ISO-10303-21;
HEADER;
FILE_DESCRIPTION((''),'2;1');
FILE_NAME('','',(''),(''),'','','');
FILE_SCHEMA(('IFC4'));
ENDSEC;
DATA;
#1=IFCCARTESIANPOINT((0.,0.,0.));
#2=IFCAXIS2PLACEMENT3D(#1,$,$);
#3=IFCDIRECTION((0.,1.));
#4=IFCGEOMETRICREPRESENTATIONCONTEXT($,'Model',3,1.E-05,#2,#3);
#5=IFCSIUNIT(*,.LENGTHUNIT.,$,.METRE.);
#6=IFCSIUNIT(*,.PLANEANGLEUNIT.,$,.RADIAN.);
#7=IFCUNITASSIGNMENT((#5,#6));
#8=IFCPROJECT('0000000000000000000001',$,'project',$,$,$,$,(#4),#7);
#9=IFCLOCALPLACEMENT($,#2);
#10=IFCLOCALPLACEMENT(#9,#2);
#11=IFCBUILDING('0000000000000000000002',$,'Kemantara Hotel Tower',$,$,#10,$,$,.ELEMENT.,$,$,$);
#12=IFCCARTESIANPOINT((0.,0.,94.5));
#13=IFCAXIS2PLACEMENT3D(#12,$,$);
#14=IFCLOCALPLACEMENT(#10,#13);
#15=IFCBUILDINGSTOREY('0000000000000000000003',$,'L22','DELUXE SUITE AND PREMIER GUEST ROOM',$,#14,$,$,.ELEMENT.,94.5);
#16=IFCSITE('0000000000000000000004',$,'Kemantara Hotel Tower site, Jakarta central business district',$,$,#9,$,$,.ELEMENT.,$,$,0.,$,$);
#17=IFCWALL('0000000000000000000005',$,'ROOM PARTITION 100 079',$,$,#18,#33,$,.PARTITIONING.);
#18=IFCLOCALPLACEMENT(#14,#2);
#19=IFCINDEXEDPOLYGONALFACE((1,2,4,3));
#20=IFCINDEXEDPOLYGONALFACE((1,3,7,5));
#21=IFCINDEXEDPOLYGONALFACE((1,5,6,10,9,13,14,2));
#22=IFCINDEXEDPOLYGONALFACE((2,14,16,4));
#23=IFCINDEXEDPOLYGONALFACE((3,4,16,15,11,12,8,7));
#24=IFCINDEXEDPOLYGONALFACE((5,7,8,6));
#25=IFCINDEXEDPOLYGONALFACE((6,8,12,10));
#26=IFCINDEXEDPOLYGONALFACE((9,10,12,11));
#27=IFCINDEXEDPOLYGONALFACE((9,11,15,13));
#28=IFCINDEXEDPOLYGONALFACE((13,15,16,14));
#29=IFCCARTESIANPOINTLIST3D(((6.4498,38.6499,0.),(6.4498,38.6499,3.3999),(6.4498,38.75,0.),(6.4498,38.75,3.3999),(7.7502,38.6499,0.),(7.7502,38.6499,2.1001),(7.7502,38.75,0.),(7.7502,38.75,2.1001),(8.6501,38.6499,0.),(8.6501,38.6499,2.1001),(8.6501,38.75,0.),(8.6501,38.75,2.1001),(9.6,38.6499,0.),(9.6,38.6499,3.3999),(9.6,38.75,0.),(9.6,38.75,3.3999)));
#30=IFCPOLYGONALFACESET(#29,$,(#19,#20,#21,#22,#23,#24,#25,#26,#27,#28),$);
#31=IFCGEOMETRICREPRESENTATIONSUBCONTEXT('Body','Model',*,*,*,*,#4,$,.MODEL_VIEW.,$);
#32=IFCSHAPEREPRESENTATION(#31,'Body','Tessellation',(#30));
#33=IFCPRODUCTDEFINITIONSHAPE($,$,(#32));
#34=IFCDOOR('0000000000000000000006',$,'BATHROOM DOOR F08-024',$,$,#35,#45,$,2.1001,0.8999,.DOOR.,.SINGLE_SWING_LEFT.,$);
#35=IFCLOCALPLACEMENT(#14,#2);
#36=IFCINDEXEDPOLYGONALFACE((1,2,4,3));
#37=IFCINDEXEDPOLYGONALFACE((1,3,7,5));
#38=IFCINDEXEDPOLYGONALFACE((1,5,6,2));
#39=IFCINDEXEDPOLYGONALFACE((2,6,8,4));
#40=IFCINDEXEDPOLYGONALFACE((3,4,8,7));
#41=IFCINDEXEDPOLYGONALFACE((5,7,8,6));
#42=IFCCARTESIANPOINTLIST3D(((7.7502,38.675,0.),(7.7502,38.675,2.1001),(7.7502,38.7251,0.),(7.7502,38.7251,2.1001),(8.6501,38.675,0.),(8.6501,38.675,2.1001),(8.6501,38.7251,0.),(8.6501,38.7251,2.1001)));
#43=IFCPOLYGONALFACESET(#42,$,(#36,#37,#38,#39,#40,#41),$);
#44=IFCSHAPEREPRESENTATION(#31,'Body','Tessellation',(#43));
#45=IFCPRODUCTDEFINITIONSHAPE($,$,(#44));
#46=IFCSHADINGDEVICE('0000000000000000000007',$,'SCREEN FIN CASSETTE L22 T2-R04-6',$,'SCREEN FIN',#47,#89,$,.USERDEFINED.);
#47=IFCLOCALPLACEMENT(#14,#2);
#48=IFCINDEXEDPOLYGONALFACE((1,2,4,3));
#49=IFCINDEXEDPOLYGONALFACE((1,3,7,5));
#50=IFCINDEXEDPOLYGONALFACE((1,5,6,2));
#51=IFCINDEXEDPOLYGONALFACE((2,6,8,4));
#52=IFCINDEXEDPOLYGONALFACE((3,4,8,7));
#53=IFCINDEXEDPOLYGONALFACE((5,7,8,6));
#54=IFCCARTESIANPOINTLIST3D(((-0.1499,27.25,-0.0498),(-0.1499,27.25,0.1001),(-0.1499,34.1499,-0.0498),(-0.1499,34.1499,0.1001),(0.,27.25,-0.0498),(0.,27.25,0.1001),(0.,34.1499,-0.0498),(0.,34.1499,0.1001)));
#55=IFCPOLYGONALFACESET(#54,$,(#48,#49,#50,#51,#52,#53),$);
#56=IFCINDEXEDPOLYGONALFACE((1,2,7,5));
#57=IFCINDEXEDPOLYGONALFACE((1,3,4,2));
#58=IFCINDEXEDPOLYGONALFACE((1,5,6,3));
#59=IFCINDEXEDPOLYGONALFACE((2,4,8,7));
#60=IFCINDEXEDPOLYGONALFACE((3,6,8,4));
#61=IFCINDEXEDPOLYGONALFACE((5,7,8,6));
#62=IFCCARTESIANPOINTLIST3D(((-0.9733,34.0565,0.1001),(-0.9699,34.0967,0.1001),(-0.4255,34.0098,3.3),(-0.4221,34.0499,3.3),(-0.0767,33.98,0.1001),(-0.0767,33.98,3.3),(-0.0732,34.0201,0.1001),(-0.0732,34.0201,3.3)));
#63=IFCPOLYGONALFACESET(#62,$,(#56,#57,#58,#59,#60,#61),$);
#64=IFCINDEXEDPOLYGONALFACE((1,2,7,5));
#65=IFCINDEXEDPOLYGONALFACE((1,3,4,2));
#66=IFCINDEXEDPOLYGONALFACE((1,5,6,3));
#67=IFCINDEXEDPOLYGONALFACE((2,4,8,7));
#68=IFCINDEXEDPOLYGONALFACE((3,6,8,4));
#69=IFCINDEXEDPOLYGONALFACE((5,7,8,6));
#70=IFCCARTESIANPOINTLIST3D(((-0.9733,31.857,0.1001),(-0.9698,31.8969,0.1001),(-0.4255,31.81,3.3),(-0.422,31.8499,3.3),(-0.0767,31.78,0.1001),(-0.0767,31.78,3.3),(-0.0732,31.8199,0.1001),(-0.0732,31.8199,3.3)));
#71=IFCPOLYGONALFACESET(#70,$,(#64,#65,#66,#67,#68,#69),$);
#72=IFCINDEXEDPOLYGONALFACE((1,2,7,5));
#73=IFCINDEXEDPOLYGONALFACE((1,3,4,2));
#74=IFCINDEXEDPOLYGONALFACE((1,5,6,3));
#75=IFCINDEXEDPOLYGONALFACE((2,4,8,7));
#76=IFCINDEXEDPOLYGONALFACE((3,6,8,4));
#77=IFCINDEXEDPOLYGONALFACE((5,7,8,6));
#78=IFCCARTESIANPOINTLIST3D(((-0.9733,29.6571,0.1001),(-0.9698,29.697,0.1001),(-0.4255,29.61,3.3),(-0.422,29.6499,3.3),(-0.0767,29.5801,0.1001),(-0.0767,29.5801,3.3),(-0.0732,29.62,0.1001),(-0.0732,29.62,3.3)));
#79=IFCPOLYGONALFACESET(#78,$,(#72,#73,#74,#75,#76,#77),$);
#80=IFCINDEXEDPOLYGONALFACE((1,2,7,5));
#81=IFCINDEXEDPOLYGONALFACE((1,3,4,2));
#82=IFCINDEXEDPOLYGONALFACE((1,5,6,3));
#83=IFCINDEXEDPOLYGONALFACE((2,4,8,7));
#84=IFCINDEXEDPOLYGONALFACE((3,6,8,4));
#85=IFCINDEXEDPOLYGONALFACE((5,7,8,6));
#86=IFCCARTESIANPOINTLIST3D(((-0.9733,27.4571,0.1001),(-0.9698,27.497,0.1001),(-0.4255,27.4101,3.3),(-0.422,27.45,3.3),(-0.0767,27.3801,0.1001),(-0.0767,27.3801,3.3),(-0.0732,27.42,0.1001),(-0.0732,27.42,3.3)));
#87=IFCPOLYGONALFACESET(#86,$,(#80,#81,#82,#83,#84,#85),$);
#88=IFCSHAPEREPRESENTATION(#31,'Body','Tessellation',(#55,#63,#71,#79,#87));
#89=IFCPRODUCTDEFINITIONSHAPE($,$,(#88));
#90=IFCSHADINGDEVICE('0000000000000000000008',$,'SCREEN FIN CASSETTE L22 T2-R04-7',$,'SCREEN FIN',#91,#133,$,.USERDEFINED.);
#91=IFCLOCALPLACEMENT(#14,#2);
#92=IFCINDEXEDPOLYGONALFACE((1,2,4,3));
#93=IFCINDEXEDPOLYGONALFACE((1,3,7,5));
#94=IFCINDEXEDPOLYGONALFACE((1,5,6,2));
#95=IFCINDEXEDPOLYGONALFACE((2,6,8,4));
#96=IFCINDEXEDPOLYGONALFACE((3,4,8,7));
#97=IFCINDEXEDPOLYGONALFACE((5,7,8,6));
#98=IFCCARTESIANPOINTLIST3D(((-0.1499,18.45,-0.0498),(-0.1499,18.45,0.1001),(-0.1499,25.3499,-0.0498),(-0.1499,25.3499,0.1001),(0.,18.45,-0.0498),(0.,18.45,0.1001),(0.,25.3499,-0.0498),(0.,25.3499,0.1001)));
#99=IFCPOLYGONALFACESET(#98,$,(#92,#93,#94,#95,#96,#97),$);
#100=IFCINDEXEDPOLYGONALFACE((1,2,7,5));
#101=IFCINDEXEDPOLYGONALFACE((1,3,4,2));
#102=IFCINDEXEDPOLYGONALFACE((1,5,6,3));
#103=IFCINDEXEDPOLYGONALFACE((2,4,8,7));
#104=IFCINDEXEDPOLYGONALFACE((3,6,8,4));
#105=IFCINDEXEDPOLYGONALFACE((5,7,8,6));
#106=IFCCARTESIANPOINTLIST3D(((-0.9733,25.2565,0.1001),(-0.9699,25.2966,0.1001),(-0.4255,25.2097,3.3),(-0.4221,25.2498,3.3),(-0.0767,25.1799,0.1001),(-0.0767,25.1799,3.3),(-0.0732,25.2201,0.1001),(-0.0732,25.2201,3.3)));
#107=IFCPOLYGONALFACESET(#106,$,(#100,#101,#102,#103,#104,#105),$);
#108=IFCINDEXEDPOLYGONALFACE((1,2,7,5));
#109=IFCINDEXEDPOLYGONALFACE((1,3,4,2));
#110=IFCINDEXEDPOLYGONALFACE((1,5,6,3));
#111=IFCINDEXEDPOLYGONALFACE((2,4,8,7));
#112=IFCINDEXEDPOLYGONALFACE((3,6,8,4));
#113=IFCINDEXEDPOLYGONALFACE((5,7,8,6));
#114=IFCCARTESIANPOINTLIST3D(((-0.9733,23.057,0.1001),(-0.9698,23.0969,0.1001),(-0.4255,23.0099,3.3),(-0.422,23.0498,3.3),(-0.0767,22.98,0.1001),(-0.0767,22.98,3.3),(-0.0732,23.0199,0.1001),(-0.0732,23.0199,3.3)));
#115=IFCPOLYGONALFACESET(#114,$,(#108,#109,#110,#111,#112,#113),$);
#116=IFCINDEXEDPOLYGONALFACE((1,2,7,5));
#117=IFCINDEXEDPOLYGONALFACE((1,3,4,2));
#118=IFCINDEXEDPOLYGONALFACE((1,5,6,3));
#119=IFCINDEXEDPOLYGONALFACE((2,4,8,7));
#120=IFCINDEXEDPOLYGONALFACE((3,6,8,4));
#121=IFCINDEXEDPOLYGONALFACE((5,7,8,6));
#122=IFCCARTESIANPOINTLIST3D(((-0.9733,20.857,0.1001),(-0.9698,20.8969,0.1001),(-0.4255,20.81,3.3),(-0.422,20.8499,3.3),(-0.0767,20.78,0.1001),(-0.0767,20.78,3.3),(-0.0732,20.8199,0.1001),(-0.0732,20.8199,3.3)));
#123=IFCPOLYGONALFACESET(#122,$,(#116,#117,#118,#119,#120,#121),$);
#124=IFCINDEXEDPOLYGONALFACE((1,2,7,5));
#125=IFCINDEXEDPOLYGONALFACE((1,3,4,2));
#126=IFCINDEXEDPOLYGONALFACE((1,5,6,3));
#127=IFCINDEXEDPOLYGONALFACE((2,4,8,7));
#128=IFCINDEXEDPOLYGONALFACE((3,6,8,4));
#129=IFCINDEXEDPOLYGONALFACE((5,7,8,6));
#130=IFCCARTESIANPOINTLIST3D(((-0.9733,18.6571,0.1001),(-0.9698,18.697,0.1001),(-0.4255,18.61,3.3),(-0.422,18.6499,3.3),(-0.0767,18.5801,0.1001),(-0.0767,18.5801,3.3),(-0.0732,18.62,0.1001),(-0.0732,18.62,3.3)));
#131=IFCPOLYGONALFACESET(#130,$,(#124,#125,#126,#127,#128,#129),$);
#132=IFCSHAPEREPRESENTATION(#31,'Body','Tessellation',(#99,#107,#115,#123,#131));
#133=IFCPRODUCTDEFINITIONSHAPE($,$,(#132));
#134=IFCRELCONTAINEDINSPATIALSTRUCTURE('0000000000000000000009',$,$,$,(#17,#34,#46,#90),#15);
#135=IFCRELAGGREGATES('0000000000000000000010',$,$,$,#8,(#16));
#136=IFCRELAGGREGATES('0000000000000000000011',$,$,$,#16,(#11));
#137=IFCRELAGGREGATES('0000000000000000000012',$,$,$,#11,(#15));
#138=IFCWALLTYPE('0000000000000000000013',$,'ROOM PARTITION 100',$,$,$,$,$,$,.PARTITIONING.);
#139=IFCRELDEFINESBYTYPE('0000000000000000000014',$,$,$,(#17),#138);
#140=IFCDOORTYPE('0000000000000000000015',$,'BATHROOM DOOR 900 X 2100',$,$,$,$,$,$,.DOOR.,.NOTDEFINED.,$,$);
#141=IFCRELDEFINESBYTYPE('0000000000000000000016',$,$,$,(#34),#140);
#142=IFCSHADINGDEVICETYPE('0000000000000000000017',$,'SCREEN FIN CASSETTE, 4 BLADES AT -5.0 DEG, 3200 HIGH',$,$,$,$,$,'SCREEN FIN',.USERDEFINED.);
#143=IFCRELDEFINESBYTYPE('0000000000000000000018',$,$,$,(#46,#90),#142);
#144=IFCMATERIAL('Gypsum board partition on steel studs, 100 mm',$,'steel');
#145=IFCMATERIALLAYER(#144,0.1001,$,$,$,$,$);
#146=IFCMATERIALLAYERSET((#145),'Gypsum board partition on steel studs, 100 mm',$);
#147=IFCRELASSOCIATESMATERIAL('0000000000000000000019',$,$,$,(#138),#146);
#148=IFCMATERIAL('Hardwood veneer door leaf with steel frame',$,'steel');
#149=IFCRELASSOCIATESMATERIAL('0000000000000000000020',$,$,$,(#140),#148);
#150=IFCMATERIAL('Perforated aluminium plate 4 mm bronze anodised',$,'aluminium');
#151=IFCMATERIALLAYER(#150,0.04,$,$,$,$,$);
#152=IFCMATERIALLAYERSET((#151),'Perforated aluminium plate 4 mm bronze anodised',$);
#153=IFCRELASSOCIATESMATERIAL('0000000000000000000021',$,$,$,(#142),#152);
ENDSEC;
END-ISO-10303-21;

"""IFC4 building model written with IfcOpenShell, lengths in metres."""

from ifc_helpers import new_model, si_unit, direction, frame, frame_2d, origin, origin_2d, place, context, subcontext, project, spatial, polyline, rectangle, outline, extrude, source, transform, mapped, material, layer, layer_set, type_object, element, fill, save


model = new_model("IFC4")

# Units and contexts
model_context = context("Model", 3, precision=1e-05, world=origin(), true_north=direction((0.0, 1.0)))
body_context = subcontext(model_context, "Body", "Model", "MODEL_VIEW")
ifc_project = project(units=[si_unit("LENGTHUNIT", "METRE"), si_unit("PLANEANGLEUNIT", "RADIAN")], contexts=[model_context])

# Site, building, storey
site_placement = place(None, origin())
site = spatial("IfcSite", under=ifc_project, at=site_placement, Name="Kemantara Hotel Tower site, Jakarta central business district", CompositionType="ELEMENT", RefElevation=0.0)
building_placement = place(site_placement, origin())
building = spatial("IfcBuilding", under=site, at=building_placement, Name="Kemantara Hotel Tower", CompositionType="ELEMENT")
storey_placement = place(building_placement, frame((0.0, 0.0, 94.5)))
storey = spatial("IfcBuildingStorey", under=building, at=storey_placement, Name="L22", Description="DELUXE SUITE AND PREMIER GUEST ROOM", CompositionType="ELEMENT", Elevation=94.5)

# Shared definitions
ifc_material_1 = material(Name="Hardwood veneer door leaf with steel frame", Category="steel")

# Shared definitions
ifc_material_2 = material(Name="Gypsum board partition on steel studs, 100 mm", Category="steel")
ifc_layer_1 = layer(ifc_material_2, 0.1001)
ifc_layer_set_1 = layer_set([ifc_layer_1], Name="Gypsum board partition on steel studs, 100 mm")
wall_type_1 = type_object("IfcWallType", Name="ROOM PARTITION 100", PredefinedType="PARTITIONING", material=ifc_layer_set_1)

# Shared definitions
door_type_1 = type_object("IfcDoorType", Name="BATHROOM DOOR 900 X 2100", OperationType="NOTDEFINED", PredefinedType="DOOR", material=ifc_material_1)

# Wall, opening, door
wall_1_placement = place(storey_placement, frame((9.6001, 38.7, 0.0), z_axis=(0.0, 0.0, 1.0), x_axis=(-1.0, 0.0, 0.0)))
wall_1 = element("IfcWall", 1, at=wall_1_placement, inside=storey, type_object=wall_type_1, Name="ROOM PARTITION 100 079", PredefinedType="PARTITIONING", context=body_context, shape_type="SweptSolid", body=[
    extrude(rectangle(XDim=3.1501, YDim=0.1001, at=frame_2d((1.5752, 0.0))), origin(), (0.0, 0.0, 1.0), 3.3999),
])
opening_1_placement = place(wall_1_placement, frame((0.95, 0.0, 0.0)))
opening_1 = element("IfcOpeningElement", 2, at=opening_1_placement, cuts=wall_1, PredefinedType="OPENING", context=body_context, shape_type="SweptSolid", body=[
    extrude(rectangle(XDim=0.8999, YDim=2.1001, at=frame_2d((0.45, 1.05))), frame((0.0, 0.0601, 0.0), z_axis=(0.0, -1.0, 0.0), x_axis=(1.0, 0.0, 0.0)), (0.0, 0.0, 1.0), 0.1201),
])
door_1_placement = place(opening_1_placement, origin())
door_1 = element("IfcDoor", 3, at=door_1_placement, inside=storey, type_object=door_type_1, Name="BATHROOM DOOR F08-024", OperationType="SINGLE_SWING_LEFT", OverallHeight=2.1001, OverallWidth=0.8999, PredefinedType="DOOR", context=body_context, shape_type="SweptSolid", body=[
    extrude(rectangle(XDim=0.8999, YDim=2.1001, at=frame_2d((0.45, 1.05))), frame((0.0, 0.0249, 0.0), z_axis=(0.0, -1.0, 0.0), x_axis=(1.0, 0.0, 0.0)), (0.0, 0.0, 1.0), 0.05),
])
fill(opening_1, door_1)

# Shading devices
ifc_material_3 = material(Name="Perforated aluminium plate 4 mm bronze anodised", Category="aluminium")
ifc_layer_2 = layer(ifc_material_3, 0.04)
ifc_layer_set_2 = layer_set([ifc_layer_2], Name="Perforated aluminium plate 4 mm bronze anodised")
shading_device_type = type_object("IfcShadingDeviceType", Name="SCREEN FIN CASSETTE, 4 BLADES AT -5.0 DEG, 3200 HIGH", ElementType="SCREEN FIN", PredefinedType="USERDEFINED", material=ifc_layer_set_2)
shared_shape = source(origin(), body_context, "Body", "SweptSolid", [
    extrude(rectangle(XDim=6.8999, YDim=0.1499, at=origin_2d()), frame((3.3, -0.075, -0.1499), z_axis=(0.0, 0.0, 1.0), x_axis=(1.0, 0.0, 0.0)), (0.0, 0.0, 1.0), 0.1499),
    extrude(outline(polyline([(0.0, 0.0), (0.8999, 0.0), (0.3501, 3.2), (0.0, 3.2), (0.0, 0.0)])), frame((0.02, -0.0767, 0.0), z_axis=(-0.996376, 0.085056, 0.0), x_axis=(-0.085056, -0.996376, 0.0)), (0.0, 0.0, 1.0), 0.0403),
    extrude(outline(polyline([(0.0, 0.0), (0.8999, 0.0), (0.3501, 3.2), (0.0, 3.2), (0.0, 0.0)])), frame((2.22, -0.0767, 0.0), z_axis=(-0.996332, 0.085575, 0.0), x_axis=(-0.085575, -0.996332, 0.0)), (0.0, 0.0, 1.0), 0.04),
    extrude(outline(polyline([(0.0, 0.0), (0.8999, 0.0), (0.3501, 3.2), (0.0, 3.2), (0.0, 0.0)])), frame((4.4199, -0.0767, 0.0), z_axis=(-0.996332, 0.085575, 0.0), x_axis=(-0.085575, -0.996332, 0.0)), (0.0, 0.0, 1.0), 0.04),
    extrude(outline(polyline([(0.0, 0.0), (0.8999, 0.0), (0.3501, 3.2), (0.0, 3.2), (0.0, 0.0)])), frame((6.6199, -0.0767, 0.0), z_axis=(-0.996332, 0.085575, 0.0), x_axis=(-0.085575, -0.996332, 0.0)), (0.0, 0.0, 1.0), 0.04),
])
for number, where, z_axis, x_axis, name in (
    (4, (0.0, 34.0, 0.1001), (0.0, 0.0, 1.0), (0.0, -1.0, 0.0), "SCREEN FIN CASSETTE L22 T2-R04-6"),
    (5, (0.0, 25.2, 0.1001), (0.0, 0.0, 1.0), (0.0, -1.0, 0.0), "SCREEN FIN CASSETTE L22 T2-R04-7"),
):
    element("IfcShadingDevice", number, at=place(storey_placement, frame(where, z_axis=z_axis, x_axis=x_axis)), inside=storey, type_object=shading_device_type, Name=name, ObjectType="SCREEN FIN", PredefinedType="USERDEFINED", context=body_context, shape_type="MappedRepresentation", body=[
        mapped(shared_shape, transform((0.0, 0.0, 0.0))),
    ])

save(model, "model.ifc")
